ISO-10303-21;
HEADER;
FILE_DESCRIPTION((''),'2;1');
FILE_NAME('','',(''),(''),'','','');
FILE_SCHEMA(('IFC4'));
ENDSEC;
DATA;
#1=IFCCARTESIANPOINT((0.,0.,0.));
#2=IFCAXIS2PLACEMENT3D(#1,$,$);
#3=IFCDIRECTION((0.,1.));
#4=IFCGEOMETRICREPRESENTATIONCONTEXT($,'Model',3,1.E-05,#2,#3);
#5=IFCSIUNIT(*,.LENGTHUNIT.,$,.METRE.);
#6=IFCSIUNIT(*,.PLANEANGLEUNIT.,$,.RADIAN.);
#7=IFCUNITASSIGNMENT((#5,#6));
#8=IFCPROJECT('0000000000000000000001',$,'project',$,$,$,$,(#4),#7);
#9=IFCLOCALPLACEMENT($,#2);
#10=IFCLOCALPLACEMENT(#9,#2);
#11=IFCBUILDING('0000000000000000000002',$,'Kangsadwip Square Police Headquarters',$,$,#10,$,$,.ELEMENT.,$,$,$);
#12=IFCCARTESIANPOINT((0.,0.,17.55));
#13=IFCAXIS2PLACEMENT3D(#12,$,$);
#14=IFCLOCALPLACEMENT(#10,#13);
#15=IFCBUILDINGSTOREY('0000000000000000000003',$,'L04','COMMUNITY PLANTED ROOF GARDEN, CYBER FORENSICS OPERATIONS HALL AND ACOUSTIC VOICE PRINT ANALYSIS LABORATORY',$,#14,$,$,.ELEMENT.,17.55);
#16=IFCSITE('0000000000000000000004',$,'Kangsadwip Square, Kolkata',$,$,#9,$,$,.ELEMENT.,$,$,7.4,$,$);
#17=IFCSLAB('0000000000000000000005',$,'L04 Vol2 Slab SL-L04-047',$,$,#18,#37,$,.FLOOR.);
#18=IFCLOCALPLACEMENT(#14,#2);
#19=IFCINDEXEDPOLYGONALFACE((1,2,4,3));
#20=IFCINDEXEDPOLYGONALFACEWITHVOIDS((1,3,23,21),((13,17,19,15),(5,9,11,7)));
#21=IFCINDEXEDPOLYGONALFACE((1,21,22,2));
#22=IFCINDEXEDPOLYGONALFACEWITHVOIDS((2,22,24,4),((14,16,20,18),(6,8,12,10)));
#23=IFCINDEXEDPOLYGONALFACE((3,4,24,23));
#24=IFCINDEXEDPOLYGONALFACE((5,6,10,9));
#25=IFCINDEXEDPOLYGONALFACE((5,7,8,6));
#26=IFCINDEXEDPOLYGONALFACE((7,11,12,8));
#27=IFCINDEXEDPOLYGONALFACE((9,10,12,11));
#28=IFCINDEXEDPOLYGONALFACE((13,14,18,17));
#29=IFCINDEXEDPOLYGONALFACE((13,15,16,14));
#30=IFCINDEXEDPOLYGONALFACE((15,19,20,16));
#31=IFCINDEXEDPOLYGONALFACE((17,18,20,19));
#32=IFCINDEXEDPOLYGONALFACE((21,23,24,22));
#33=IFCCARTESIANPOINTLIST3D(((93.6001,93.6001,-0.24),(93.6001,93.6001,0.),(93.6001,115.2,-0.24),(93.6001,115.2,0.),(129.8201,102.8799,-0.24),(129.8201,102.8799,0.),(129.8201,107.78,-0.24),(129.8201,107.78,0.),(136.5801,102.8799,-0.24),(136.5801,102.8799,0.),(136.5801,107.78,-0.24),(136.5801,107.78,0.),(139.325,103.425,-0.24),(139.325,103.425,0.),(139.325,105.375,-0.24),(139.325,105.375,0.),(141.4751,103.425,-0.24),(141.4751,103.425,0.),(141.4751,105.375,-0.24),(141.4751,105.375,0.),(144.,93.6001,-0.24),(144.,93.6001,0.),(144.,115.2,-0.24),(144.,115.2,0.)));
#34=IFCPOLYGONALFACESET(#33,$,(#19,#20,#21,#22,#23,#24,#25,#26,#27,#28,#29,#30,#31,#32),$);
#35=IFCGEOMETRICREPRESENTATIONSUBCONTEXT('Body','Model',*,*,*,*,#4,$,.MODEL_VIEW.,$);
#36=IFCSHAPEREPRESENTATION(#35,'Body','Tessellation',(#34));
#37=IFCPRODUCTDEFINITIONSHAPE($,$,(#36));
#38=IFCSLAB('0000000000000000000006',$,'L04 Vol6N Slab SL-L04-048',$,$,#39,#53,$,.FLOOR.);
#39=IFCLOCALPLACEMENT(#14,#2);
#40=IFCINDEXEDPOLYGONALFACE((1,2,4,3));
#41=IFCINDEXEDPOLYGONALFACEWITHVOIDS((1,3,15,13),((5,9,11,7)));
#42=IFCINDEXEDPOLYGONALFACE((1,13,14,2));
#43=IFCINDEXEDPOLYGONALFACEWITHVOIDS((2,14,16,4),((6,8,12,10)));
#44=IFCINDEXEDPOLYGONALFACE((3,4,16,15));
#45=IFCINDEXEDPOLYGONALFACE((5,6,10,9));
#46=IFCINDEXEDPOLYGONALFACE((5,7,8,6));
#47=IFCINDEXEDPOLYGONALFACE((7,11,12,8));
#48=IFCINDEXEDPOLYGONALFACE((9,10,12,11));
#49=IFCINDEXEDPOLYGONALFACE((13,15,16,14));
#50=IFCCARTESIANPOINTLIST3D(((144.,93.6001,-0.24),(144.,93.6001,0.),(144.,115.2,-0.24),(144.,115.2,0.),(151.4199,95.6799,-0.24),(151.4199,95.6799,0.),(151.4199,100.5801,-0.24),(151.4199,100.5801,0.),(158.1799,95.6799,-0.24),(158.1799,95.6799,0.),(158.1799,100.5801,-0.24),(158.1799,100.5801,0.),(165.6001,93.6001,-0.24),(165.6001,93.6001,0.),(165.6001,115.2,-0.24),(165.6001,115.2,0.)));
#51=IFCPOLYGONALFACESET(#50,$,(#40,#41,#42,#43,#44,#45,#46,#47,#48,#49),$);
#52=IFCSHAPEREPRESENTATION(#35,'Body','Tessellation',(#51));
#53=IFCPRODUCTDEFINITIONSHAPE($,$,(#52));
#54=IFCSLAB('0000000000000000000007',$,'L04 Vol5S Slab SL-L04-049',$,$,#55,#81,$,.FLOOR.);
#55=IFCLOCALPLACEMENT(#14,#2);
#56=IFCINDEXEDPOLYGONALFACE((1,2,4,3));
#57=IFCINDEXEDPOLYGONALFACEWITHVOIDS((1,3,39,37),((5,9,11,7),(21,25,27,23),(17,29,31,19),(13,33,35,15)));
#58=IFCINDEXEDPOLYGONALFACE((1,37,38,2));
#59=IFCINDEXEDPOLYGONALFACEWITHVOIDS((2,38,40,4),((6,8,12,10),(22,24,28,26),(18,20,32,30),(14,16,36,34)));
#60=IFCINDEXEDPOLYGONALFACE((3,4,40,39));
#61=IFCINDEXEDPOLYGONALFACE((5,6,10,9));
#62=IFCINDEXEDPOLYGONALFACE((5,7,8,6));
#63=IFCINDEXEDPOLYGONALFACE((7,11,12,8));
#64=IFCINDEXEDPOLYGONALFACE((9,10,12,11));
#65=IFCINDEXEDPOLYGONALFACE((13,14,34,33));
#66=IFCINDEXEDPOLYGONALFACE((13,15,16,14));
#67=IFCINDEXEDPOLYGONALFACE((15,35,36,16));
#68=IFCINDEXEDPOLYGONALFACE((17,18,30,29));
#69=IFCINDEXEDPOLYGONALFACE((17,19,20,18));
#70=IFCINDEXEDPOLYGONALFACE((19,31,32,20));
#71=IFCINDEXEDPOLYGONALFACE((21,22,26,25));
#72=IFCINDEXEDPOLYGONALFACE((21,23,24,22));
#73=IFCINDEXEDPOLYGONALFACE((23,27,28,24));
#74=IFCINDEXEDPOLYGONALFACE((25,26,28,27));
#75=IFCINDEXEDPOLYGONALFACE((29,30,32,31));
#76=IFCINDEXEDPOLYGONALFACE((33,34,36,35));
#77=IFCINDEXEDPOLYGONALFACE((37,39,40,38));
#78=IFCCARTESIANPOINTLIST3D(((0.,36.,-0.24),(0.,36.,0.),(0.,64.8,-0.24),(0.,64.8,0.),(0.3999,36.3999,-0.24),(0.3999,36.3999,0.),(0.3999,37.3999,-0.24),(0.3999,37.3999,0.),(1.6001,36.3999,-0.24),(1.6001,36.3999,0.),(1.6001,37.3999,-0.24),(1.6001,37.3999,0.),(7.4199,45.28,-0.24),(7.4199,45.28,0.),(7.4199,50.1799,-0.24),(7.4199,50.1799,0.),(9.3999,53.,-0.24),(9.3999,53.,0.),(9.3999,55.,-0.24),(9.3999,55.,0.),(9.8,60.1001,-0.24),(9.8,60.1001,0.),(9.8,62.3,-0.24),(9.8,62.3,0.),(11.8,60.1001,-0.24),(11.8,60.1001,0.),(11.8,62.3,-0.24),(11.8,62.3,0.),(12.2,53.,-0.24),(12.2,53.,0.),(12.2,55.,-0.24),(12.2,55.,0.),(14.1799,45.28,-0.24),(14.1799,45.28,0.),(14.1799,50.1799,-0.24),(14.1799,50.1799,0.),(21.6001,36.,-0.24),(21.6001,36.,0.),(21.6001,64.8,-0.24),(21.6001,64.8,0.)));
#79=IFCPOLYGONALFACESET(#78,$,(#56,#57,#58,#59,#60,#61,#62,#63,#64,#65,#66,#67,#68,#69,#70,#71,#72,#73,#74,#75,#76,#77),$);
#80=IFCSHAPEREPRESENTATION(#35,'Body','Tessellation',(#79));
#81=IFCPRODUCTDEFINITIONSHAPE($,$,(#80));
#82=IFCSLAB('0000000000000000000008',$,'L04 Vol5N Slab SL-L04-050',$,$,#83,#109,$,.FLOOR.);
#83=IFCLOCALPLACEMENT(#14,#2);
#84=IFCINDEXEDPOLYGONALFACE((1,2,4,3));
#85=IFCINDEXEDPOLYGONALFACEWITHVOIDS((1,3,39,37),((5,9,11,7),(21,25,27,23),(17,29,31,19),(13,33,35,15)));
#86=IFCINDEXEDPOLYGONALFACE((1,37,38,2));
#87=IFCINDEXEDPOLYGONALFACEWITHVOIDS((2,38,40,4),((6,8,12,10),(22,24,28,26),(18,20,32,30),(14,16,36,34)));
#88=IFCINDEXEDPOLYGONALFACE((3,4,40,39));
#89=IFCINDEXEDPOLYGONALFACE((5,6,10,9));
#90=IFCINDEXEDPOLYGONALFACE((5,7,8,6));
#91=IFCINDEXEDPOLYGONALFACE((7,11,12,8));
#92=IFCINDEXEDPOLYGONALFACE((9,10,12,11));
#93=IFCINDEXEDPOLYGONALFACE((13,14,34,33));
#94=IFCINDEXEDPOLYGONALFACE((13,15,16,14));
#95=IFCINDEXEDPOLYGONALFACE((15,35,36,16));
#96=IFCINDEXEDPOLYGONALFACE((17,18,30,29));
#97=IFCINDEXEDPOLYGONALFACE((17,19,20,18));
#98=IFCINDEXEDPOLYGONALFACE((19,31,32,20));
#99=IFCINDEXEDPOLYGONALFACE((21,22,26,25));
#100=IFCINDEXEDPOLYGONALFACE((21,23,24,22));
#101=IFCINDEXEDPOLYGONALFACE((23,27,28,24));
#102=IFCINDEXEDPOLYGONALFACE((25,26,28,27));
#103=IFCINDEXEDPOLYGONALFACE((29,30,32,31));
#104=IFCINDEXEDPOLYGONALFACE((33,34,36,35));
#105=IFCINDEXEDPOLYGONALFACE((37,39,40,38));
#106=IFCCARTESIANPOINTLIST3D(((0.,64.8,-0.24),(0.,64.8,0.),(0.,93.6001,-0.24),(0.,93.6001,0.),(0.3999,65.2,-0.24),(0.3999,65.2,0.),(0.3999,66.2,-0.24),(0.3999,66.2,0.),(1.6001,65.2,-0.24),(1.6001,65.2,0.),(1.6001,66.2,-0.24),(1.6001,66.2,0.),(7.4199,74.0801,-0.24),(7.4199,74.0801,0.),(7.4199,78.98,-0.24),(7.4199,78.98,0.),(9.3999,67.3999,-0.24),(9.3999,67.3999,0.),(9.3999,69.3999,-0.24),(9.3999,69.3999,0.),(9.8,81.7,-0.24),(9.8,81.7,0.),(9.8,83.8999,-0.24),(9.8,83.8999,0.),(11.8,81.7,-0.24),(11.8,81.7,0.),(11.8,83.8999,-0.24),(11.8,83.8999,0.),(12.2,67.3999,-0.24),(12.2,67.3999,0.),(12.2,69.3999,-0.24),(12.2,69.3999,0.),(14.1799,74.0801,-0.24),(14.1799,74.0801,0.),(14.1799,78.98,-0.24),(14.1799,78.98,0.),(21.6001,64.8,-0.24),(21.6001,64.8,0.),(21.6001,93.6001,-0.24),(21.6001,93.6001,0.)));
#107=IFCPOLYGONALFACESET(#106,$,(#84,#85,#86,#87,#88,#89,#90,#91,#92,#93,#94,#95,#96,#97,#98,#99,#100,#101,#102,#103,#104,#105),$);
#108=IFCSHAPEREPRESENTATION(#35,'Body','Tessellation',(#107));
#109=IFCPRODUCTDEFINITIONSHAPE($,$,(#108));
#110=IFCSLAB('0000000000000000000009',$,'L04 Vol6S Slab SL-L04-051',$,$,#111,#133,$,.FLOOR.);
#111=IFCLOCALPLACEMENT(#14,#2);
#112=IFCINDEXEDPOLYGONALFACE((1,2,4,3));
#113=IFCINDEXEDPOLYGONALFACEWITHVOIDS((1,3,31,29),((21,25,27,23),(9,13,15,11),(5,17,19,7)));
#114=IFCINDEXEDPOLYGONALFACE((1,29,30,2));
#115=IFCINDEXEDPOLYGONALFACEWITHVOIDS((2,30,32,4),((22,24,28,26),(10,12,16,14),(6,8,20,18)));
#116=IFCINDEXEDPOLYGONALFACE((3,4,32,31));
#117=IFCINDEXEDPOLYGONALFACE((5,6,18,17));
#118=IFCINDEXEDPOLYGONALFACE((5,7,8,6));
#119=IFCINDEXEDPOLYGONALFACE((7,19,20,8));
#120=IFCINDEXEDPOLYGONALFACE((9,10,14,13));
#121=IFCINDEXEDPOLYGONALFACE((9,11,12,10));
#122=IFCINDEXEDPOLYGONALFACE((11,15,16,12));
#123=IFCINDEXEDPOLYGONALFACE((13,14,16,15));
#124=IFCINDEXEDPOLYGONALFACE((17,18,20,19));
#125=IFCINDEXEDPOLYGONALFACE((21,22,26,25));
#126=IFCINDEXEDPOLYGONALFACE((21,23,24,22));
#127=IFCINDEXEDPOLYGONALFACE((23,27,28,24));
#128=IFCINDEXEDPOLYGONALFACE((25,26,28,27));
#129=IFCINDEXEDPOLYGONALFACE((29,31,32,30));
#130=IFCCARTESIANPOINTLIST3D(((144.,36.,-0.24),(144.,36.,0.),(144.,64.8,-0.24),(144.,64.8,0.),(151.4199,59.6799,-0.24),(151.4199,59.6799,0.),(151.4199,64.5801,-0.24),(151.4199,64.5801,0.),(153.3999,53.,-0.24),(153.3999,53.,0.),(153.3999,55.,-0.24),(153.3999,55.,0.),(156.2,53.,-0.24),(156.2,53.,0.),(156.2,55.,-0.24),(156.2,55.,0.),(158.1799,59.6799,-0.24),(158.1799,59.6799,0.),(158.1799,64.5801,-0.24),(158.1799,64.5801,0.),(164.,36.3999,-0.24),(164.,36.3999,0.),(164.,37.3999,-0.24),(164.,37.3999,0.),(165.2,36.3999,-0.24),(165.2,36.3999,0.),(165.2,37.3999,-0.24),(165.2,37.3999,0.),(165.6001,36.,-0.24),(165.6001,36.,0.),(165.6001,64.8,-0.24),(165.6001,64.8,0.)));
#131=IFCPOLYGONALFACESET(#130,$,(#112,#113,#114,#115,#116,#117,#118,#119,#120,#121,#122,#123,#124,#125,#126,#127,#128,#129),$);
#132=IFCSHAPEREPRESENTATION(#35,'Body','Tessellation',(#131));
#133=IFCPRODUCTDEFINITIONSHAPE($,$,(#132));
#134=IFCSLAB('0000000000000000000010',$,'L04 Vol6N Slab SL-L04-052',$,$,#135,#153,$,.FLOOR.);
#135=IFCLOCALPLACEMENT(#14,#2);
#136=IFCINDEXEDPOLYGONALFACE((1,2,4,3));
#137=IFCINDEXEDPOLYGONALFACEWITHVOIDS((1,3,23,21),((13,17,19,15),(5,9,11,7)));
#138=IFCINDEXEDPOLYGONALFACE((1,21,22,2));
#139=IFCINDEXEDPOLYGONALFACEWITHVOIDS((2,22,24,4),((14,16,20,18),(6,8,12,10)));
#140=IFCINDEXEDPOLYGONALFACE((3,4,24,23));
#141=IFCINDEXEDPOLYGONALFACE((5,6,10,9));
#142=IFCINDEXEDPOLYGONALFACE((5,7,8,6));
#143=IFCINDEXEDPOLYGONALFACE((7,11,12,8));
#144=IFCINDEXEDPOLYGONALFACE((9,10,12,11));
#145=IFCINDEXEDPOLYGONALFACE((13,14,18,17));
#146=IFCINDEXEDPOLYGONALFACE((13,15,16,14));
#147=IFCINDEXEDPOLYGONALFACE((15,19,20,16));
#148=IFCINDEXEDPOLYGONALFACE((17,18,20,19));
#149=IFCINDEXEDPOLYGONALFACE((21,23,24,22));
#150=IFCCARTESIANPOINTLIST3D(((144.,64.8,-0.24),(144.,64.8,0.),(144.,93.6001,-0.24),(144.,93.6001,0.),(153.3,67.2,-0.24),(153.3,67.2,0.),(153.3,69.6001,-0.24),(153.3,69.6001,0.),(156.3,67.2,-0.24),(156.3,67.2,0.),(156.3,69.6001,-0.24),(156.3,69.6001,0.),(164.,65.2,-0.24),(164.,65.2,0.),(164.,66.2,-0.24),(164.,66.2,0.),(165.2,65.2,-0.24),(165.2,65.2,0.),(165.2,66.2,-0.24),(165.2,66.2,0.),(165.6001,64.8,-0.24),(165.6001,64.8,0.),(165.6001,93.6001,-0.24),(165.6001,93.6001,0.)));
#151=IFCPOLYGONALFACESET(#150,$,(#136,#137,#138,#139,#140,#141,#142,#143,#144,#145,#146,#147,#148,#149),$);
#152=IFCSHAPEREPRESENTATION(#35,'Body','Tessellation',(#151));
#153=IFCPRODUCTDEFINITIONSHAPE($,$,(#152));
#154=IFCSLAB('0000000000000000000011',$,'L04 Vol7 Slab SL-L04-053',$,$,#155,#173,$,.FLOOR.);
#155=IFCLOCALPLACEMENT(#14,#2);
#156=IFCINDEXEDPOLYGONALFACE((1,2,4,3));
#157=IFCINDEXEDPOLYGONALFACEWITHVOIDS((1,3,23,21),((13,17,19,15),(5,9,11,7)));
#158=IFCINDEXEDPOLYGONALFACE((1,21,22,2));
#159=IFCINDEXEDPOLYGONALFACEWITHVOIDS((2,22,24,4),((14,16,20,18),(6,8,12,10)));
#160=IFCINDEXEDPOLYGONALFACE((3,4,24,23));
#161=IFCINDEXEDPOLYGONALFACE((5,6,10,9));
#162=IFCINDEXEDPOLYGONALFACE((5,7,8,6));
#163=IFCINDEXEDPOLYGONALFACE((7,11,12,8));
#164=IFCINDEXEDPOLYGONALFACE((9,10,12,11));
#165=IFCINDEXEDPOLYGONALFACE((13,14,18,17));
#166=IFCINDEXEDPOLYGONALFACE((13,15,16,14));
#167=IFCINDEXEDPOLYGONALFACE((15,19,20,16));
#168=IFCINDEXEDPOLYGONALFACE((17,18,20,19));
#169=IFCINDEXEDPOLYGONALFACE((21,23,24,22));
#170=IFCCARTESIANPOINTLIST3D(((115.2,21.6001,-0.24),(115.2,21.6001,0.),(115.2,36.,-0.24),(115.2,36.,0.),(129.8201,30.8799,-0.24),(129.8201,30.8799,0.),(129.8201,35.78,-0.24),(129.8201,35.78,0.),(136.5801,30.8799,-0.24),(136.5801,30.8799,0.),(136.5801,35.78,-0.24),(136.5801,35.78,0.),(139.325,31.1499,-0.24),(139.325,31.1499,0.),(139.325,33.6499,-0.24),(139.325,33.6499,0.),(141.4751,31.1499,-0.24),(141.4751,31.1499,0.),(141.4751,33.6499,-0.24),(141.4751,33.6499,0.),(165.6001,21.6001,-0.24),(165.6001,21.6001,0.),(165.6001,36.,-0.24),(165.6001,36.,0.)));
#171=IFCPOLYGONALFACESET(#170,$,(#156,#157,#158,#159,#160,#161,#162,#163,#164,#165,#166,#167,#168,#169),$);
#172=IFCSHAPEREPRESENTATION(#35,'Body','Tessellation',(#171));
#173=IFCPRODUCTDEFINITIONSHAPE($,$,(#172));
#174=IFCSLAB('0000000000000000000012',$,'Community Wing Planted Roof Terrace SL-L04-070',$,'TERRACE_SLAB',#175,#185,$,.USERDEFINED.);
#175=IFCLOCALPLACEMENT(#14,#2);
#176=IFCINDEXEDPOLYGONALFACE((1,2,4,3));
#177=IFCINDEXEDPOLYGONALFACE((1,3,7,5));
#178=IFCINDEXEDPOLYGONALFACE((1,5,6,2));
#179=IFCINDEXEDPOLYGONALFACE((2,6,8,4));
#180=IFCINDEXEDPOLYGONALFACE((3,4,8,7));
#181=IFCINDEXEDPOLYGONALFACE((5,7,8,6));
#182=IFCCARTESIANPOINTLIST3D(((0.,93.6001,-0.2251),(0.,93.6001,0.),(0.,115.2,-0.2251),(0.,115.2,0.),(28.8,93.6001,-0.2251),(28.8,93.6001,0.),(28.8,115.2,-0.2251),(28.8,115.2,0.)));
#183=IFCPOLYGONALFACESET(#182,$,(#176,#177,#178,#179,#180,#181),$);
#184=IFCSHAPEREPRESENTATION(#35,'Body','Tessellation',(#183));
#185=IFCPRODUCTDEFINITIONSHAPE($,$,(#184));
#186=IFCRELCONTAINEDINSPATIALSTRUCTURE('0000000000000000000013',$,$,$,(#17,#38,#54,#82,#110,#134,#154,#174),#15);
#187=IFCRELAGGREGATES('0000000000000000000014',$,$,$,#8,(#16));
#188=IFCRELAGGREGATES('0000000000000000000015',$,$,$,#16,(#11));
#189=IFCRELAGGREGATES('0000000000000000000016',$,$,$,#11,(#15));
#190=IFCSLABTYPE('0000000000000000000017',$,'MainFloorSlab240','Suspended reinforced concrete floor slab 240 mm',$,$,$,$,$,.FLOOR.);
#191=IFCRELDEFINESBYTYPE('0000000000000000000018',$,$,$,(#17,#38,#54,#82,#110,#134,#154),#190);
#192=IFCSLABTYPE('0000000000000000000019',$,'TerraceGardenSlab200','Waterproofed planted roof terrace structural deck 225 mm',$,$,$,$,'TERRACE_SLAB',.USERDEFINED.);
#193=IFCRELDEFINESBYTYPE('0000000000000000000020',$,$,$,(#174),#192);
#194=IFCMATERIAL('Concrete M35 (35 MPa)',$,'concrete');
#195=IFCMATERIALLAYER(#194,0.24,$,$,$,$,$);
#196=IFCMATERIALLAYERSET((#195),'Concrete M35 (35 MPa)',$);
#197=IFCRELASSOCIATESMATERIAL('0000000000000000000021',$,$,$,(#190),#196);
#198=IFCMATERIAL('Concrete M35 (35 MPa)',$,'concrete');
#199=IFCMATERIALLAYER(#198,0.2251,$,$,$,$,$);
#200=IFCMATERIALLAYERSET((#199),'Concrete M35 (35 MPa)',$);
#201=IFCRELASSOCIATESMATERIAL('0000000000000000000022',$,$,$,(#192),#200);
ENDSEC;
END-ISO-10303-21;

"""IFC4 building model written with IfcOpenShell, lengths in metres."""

from ifc_helpers import new_model, si_unit, direction, frame, origin, place, context, subcontext, project, spatial, polyline, outline, extrude, material, layer, layer_set, type_object, element, save


model = new_model("IFC4")

# Units and contexts
model_context = context("Model", 3, precision=1e-05, world=origin(), true_north=direction((0.0, 1.0)))
body_context = subcontext(model_context, "Body", "Model", "MODEL_VIEW")
ifc_project = project(units=[si_unit("LENGTHUNIT", "METRE"), si_unit("PLANEANGLEUNIT", "RADIAN")], contexts=[model_context])

# Site, building, storey
site_placement = place(None, origin())
site = spatial("IfcSite", under=ifc_project, at=site_placement, Name="Kangsadwip Square, Kolkata", CompositionType="ELEMENT", RefElevation=7.4)
building_placement = place(site_placement, origin())
building = spatial("IfcBuilding", under=site, at=building_placement, Name="Kangsadwip Square Police Headquarters", CompositionType="ELEMENT")
storey_placement = place(building_placement, frame((0.0, 0.0, 17.55)))
storey = spatial("IfcBuildingStorey", under=building, at=storey_placement, Name="L04", Description="COMMUNITY PLANTED ROOF GARDEN, CYBER FORENSICS OPERATIONS HALL AND ACOUSTIC VOICE PRINT ANALYSIS LABORATORY", CompositionType="ELEMENT", Elevation=17.55)

# Slabs
ifc_material_1 = material(Name="Concrete M35 (35 MPa)", Category="concrete")
ifc_layer_1 = layer(ifc_material_1, 0.24)
ifc_layer_set_1 = layer_set([ifc_layer_1], Name="Concrete M35 (35 MPa)")
slab_type_1 = type_object("IfcSlabType", Name="MainFloorSlab240", Description="Suspended reinforced concrete floor slab 240 mm", PredefinedType="FLOOR", material=ifc_layer_set_1)
slab_1_placement = place(storey_placement, frame((0.0, 0.0, -0.24)))
element("IfcSlab", 1, at=slab_1_placement, inside=storey, type_object=slab_type_1, Name="L04 Vol2 Slab SL-L04-047", PredefinedType="FLOOR", context=body_context, shape_type="SweptSolid", body=[
    extrude(outline(polyline([(93.6001, 93.6001), (93.6001, 115.2), (144.0, 115.2), (144.0, 93.6001), (93.6001, 93.6001)]), holes=[polyline([(141.4751, 103.425), (141.4751, 105.375), (139.325, 105.375), (139.325, 103.425), (141.4751, 103.425)]), polyline([(129.8201, 102.8799), (136.5801, 102.8799), (136.5801, 107.78), (129.8201, 107.78), (129.8201, 102.8799)])]), origin(), (0.0, 0.0, 1.0), 0.24),
])
slab_2_placement = place(storey_placement, frame((0.0, 0.0, -0.24)))
element("IfcSlab", 2, at=slab_2_placement, inside=storey, type_object=slab_type_1, Name="L04 Vol6N Slab SL-L04-048", PredefinedType="FLOOR", context=body_context, shape_type="SweptSolid", body=[
    extrude(outline(polyline([(144.0, 93.6001), (144.0, 115.2), (165.6001, 115.2), (165.6001, 93.6001), (144.0, 93.6001)]), holes=[polyline([(158.1799, 95.6799), (158.1799, 100.5801), (151.4199, 100.5801), (151.4199, 95.6799), (158.1799, 95.6799)])]), origin(), (0.0, 0.0, 1.0), 0.24),
])
slab_3_placement = place(storey_placement, frame((0.0, 0.0, -0.24)))
element("IfcSlab", 3, at=slab_3_placement, inside=storey, type_object=slab_type_1, Name="L04 Vol5S Slab SL-L04-049", PredefinedType="FLOOR", context=body_context, shape_type="SweptSolid", body=[
    extrude(outline(polyline([(0.0, 36.0), (0.0, 64.8), (21.6001, 64.8), (21.6001, 36.0), (0.0, 36.0)]), holes=[polyline([(1.6001, 37.3999), (0.3999, 37.3999), (0.3999, 36.3999), (1.6001, 36.3999), (1.6001, 37.3999)]), polyline([(14.1799, 45.28), (14.1799, 50.1799), (7.4199, 50.1799), (7.4199, 45.28), (14.1799, 45.28)]), polyline([(12.2, 55.0), (9.3999, 55.0), (9.3999, 53.0), (12.2, 53.0), (12.2, 55.0)]), polyline([(11.8, 62.3), (9.8, 62.3), (9.8, 60.1001), (11.8, 60.1001), (11.8, 62.3)])]), origin(), (0.0, 0.0, 1.0), 0.24),
])
slab_4_placement = place(storey_placement, frame((0.0, 0.0, -0.24)))
element("IfcSlab", 4, at=slab_4_placement, inside=storey, type_object=slab_type_1, Name="L04 Vol5N Slab SL-L04-050", PredefinedType="FLOOR", context=body_context, shape_type="SweptSolid", body=[
    extrude(outline(polyline([(0.0, 64.8), (0.0, 93.6001), (21.6001, 93.6001), (21.6001, 64.8), (0.0, 64.8)]), holes=[polyline([(1.6001, 66.2), (0.3999, 66.2), (0.3999, 65.2), (1.6001, 65.2), (1.6001, 66.2)]), polyline([(12.2, 69.3999), (9.3999, 69.3999), (9.3999, 67.3999), (12.2, 67.3999), (12.2, 69.3999)]), polyline([(7.4199, 74.0801), (14.1799, 74.0801), (14.1799, 78.98), (7.4199, 78.98), (7.4199, 74.0801)]), polyline([(11.8, 81.7), (11.8, 83.8999), (9.8, 83.8999), (9.8, 81.7), (11.8, 81.7)])]), origin(), (0.0, 0.0, 1.0), 0.24),
])
slab_5_placement = place(storey_placement, frame((0.0, 0.0, -0.24)))
element("IfcSlab", 5, at=slab_5_placement, inside=storey, type_object=slab_type_1, Name="L04 Vol6S Slab SL-L04-051", PredefinedType="FLOOR", context=body_context, shape_type="SweptSolid", body=[
    extrude(outline(polyline([(144.0, 36.0), (144.0, 64.8), (165.6001, 64.8), (165.6001, 36.0), (144.0, 36.0)]), holes=[polyline([(165.2, 37.3999), (164.0, 37.3999), (164.0, 36.3999), (165.2, 36.3999), (165.2, 37.3999)]), polyline([(156.2, 55.0), (153.3999, 55.0), (153.3999, 53.0), (156.2, 53.0), (156.2, 55.0)]), polyline([(158.1799, 59.6799), (158.1799, 64.5801), (151.4199, 64.5801), (151.4199, 59.6799), (158.1799, 59.6799)])]), origin(), (0.0, 0.0, 1.0), 0.24),
])
slab_6_placement = place(storey_placement, frame((0.0, 0.0, -0.24)))
element("IfcSlab", 6, at=slab_6_placement, inside=storey, type_object=slab_type_1, Name="L04 Vol6N Slab SL-L04-052", PredefinedType="FLOOR", context=body_context, shape_type="SweptSolid", body=[
    extrude(outline(polyline([(144.0, 64.8), (144.0, 93.6001), (165.6001, 93.6001), (165.6001, 64.8), (144.0, 64.8)]), holes=[polyline([(165.2, 66.2), (164.0, 66.2), (164.0, 65.2), (165.2, 65.2), (165.2, 66.2)]), polyline([(156.3, 69.6001), (153.3, 69.6001), (153.3, 67.2), (156.3, 67.2), (156.3, 69.6001)])]), origin(), (0.0, 0.0, 1.0), 0.24),
])
slab_7_placement = place(storey_placement, frame((0.0, 0.0, -0.24)))
element("IfcSlab", 7, at=slab_7_placement, inside=storey, type_object=slab_type_1, Name="L04 Vol7 Slab SL-L04-053", PredefinedType="FLOOR", context=body_context, shape_type="SweptSolid", body=[
    extrude(outline(polyline([(115.2, 21.6001), (115.2, 36.0), (165.6001, 36.0), (165.6001, 21.6001), (115.2, 21.6001)]), holes=[polyline([(136.5801, 30.8799), (136.5801, 35.78), (129.8201, 35.78), (129.8201, 30.8799), (136.5801, 30.8799)]), polyline([(141.4751, 33.6499), (139.325, 33.6499), (139.325, 31.1499), (141.4751, 31.1499), (141.4751, 33.6499)])]), origin(), (0.0, 0.0, 1.0), 0.24),
])
ifc_material_2 = material(Name="Concrete M35 (35 MPa)", Category="concrete")
ifc_layer_2 = layer(ifc_material_2, 0.2251)
ifc_layer_set_2 = layer_set([ifc_layer_2], Name="Concrete M35 (35 MPa)")
slab_type_2 = type_object("IfcSlabType", Name="TerraceGardenSlab200", Description="Waterproofed planted roof terrace structural deck 225 mm", ElementType="TERRACE_SLAB", PredefinedType="USERDEFINED", material=ifc_layer_set_2)
slab_8_placement = place(storey_placement, frame((0.0, 0.0, -0.2251)))
element("IfcSlab", 8, at=slab_8_placement, inside=storey, type_object=slab_type_2, Name="Community Wing Planted Roof Terrace SL-L04-070", ObjectType="TERRACE_SLAB", PredefinedType="USERDEFINED", context=body_context, shape_type="SweptSolid", body=[
    extrude(outline(polyline([(0.0, 93.6001), (0.0, 115.2), (28.8, 115.2), (28.8, 93.6001), (0.0, 93.6001)])), origin(), (0.0, 0.0, 1.0), 0.2251),
])

save(model, "model.ifc")
